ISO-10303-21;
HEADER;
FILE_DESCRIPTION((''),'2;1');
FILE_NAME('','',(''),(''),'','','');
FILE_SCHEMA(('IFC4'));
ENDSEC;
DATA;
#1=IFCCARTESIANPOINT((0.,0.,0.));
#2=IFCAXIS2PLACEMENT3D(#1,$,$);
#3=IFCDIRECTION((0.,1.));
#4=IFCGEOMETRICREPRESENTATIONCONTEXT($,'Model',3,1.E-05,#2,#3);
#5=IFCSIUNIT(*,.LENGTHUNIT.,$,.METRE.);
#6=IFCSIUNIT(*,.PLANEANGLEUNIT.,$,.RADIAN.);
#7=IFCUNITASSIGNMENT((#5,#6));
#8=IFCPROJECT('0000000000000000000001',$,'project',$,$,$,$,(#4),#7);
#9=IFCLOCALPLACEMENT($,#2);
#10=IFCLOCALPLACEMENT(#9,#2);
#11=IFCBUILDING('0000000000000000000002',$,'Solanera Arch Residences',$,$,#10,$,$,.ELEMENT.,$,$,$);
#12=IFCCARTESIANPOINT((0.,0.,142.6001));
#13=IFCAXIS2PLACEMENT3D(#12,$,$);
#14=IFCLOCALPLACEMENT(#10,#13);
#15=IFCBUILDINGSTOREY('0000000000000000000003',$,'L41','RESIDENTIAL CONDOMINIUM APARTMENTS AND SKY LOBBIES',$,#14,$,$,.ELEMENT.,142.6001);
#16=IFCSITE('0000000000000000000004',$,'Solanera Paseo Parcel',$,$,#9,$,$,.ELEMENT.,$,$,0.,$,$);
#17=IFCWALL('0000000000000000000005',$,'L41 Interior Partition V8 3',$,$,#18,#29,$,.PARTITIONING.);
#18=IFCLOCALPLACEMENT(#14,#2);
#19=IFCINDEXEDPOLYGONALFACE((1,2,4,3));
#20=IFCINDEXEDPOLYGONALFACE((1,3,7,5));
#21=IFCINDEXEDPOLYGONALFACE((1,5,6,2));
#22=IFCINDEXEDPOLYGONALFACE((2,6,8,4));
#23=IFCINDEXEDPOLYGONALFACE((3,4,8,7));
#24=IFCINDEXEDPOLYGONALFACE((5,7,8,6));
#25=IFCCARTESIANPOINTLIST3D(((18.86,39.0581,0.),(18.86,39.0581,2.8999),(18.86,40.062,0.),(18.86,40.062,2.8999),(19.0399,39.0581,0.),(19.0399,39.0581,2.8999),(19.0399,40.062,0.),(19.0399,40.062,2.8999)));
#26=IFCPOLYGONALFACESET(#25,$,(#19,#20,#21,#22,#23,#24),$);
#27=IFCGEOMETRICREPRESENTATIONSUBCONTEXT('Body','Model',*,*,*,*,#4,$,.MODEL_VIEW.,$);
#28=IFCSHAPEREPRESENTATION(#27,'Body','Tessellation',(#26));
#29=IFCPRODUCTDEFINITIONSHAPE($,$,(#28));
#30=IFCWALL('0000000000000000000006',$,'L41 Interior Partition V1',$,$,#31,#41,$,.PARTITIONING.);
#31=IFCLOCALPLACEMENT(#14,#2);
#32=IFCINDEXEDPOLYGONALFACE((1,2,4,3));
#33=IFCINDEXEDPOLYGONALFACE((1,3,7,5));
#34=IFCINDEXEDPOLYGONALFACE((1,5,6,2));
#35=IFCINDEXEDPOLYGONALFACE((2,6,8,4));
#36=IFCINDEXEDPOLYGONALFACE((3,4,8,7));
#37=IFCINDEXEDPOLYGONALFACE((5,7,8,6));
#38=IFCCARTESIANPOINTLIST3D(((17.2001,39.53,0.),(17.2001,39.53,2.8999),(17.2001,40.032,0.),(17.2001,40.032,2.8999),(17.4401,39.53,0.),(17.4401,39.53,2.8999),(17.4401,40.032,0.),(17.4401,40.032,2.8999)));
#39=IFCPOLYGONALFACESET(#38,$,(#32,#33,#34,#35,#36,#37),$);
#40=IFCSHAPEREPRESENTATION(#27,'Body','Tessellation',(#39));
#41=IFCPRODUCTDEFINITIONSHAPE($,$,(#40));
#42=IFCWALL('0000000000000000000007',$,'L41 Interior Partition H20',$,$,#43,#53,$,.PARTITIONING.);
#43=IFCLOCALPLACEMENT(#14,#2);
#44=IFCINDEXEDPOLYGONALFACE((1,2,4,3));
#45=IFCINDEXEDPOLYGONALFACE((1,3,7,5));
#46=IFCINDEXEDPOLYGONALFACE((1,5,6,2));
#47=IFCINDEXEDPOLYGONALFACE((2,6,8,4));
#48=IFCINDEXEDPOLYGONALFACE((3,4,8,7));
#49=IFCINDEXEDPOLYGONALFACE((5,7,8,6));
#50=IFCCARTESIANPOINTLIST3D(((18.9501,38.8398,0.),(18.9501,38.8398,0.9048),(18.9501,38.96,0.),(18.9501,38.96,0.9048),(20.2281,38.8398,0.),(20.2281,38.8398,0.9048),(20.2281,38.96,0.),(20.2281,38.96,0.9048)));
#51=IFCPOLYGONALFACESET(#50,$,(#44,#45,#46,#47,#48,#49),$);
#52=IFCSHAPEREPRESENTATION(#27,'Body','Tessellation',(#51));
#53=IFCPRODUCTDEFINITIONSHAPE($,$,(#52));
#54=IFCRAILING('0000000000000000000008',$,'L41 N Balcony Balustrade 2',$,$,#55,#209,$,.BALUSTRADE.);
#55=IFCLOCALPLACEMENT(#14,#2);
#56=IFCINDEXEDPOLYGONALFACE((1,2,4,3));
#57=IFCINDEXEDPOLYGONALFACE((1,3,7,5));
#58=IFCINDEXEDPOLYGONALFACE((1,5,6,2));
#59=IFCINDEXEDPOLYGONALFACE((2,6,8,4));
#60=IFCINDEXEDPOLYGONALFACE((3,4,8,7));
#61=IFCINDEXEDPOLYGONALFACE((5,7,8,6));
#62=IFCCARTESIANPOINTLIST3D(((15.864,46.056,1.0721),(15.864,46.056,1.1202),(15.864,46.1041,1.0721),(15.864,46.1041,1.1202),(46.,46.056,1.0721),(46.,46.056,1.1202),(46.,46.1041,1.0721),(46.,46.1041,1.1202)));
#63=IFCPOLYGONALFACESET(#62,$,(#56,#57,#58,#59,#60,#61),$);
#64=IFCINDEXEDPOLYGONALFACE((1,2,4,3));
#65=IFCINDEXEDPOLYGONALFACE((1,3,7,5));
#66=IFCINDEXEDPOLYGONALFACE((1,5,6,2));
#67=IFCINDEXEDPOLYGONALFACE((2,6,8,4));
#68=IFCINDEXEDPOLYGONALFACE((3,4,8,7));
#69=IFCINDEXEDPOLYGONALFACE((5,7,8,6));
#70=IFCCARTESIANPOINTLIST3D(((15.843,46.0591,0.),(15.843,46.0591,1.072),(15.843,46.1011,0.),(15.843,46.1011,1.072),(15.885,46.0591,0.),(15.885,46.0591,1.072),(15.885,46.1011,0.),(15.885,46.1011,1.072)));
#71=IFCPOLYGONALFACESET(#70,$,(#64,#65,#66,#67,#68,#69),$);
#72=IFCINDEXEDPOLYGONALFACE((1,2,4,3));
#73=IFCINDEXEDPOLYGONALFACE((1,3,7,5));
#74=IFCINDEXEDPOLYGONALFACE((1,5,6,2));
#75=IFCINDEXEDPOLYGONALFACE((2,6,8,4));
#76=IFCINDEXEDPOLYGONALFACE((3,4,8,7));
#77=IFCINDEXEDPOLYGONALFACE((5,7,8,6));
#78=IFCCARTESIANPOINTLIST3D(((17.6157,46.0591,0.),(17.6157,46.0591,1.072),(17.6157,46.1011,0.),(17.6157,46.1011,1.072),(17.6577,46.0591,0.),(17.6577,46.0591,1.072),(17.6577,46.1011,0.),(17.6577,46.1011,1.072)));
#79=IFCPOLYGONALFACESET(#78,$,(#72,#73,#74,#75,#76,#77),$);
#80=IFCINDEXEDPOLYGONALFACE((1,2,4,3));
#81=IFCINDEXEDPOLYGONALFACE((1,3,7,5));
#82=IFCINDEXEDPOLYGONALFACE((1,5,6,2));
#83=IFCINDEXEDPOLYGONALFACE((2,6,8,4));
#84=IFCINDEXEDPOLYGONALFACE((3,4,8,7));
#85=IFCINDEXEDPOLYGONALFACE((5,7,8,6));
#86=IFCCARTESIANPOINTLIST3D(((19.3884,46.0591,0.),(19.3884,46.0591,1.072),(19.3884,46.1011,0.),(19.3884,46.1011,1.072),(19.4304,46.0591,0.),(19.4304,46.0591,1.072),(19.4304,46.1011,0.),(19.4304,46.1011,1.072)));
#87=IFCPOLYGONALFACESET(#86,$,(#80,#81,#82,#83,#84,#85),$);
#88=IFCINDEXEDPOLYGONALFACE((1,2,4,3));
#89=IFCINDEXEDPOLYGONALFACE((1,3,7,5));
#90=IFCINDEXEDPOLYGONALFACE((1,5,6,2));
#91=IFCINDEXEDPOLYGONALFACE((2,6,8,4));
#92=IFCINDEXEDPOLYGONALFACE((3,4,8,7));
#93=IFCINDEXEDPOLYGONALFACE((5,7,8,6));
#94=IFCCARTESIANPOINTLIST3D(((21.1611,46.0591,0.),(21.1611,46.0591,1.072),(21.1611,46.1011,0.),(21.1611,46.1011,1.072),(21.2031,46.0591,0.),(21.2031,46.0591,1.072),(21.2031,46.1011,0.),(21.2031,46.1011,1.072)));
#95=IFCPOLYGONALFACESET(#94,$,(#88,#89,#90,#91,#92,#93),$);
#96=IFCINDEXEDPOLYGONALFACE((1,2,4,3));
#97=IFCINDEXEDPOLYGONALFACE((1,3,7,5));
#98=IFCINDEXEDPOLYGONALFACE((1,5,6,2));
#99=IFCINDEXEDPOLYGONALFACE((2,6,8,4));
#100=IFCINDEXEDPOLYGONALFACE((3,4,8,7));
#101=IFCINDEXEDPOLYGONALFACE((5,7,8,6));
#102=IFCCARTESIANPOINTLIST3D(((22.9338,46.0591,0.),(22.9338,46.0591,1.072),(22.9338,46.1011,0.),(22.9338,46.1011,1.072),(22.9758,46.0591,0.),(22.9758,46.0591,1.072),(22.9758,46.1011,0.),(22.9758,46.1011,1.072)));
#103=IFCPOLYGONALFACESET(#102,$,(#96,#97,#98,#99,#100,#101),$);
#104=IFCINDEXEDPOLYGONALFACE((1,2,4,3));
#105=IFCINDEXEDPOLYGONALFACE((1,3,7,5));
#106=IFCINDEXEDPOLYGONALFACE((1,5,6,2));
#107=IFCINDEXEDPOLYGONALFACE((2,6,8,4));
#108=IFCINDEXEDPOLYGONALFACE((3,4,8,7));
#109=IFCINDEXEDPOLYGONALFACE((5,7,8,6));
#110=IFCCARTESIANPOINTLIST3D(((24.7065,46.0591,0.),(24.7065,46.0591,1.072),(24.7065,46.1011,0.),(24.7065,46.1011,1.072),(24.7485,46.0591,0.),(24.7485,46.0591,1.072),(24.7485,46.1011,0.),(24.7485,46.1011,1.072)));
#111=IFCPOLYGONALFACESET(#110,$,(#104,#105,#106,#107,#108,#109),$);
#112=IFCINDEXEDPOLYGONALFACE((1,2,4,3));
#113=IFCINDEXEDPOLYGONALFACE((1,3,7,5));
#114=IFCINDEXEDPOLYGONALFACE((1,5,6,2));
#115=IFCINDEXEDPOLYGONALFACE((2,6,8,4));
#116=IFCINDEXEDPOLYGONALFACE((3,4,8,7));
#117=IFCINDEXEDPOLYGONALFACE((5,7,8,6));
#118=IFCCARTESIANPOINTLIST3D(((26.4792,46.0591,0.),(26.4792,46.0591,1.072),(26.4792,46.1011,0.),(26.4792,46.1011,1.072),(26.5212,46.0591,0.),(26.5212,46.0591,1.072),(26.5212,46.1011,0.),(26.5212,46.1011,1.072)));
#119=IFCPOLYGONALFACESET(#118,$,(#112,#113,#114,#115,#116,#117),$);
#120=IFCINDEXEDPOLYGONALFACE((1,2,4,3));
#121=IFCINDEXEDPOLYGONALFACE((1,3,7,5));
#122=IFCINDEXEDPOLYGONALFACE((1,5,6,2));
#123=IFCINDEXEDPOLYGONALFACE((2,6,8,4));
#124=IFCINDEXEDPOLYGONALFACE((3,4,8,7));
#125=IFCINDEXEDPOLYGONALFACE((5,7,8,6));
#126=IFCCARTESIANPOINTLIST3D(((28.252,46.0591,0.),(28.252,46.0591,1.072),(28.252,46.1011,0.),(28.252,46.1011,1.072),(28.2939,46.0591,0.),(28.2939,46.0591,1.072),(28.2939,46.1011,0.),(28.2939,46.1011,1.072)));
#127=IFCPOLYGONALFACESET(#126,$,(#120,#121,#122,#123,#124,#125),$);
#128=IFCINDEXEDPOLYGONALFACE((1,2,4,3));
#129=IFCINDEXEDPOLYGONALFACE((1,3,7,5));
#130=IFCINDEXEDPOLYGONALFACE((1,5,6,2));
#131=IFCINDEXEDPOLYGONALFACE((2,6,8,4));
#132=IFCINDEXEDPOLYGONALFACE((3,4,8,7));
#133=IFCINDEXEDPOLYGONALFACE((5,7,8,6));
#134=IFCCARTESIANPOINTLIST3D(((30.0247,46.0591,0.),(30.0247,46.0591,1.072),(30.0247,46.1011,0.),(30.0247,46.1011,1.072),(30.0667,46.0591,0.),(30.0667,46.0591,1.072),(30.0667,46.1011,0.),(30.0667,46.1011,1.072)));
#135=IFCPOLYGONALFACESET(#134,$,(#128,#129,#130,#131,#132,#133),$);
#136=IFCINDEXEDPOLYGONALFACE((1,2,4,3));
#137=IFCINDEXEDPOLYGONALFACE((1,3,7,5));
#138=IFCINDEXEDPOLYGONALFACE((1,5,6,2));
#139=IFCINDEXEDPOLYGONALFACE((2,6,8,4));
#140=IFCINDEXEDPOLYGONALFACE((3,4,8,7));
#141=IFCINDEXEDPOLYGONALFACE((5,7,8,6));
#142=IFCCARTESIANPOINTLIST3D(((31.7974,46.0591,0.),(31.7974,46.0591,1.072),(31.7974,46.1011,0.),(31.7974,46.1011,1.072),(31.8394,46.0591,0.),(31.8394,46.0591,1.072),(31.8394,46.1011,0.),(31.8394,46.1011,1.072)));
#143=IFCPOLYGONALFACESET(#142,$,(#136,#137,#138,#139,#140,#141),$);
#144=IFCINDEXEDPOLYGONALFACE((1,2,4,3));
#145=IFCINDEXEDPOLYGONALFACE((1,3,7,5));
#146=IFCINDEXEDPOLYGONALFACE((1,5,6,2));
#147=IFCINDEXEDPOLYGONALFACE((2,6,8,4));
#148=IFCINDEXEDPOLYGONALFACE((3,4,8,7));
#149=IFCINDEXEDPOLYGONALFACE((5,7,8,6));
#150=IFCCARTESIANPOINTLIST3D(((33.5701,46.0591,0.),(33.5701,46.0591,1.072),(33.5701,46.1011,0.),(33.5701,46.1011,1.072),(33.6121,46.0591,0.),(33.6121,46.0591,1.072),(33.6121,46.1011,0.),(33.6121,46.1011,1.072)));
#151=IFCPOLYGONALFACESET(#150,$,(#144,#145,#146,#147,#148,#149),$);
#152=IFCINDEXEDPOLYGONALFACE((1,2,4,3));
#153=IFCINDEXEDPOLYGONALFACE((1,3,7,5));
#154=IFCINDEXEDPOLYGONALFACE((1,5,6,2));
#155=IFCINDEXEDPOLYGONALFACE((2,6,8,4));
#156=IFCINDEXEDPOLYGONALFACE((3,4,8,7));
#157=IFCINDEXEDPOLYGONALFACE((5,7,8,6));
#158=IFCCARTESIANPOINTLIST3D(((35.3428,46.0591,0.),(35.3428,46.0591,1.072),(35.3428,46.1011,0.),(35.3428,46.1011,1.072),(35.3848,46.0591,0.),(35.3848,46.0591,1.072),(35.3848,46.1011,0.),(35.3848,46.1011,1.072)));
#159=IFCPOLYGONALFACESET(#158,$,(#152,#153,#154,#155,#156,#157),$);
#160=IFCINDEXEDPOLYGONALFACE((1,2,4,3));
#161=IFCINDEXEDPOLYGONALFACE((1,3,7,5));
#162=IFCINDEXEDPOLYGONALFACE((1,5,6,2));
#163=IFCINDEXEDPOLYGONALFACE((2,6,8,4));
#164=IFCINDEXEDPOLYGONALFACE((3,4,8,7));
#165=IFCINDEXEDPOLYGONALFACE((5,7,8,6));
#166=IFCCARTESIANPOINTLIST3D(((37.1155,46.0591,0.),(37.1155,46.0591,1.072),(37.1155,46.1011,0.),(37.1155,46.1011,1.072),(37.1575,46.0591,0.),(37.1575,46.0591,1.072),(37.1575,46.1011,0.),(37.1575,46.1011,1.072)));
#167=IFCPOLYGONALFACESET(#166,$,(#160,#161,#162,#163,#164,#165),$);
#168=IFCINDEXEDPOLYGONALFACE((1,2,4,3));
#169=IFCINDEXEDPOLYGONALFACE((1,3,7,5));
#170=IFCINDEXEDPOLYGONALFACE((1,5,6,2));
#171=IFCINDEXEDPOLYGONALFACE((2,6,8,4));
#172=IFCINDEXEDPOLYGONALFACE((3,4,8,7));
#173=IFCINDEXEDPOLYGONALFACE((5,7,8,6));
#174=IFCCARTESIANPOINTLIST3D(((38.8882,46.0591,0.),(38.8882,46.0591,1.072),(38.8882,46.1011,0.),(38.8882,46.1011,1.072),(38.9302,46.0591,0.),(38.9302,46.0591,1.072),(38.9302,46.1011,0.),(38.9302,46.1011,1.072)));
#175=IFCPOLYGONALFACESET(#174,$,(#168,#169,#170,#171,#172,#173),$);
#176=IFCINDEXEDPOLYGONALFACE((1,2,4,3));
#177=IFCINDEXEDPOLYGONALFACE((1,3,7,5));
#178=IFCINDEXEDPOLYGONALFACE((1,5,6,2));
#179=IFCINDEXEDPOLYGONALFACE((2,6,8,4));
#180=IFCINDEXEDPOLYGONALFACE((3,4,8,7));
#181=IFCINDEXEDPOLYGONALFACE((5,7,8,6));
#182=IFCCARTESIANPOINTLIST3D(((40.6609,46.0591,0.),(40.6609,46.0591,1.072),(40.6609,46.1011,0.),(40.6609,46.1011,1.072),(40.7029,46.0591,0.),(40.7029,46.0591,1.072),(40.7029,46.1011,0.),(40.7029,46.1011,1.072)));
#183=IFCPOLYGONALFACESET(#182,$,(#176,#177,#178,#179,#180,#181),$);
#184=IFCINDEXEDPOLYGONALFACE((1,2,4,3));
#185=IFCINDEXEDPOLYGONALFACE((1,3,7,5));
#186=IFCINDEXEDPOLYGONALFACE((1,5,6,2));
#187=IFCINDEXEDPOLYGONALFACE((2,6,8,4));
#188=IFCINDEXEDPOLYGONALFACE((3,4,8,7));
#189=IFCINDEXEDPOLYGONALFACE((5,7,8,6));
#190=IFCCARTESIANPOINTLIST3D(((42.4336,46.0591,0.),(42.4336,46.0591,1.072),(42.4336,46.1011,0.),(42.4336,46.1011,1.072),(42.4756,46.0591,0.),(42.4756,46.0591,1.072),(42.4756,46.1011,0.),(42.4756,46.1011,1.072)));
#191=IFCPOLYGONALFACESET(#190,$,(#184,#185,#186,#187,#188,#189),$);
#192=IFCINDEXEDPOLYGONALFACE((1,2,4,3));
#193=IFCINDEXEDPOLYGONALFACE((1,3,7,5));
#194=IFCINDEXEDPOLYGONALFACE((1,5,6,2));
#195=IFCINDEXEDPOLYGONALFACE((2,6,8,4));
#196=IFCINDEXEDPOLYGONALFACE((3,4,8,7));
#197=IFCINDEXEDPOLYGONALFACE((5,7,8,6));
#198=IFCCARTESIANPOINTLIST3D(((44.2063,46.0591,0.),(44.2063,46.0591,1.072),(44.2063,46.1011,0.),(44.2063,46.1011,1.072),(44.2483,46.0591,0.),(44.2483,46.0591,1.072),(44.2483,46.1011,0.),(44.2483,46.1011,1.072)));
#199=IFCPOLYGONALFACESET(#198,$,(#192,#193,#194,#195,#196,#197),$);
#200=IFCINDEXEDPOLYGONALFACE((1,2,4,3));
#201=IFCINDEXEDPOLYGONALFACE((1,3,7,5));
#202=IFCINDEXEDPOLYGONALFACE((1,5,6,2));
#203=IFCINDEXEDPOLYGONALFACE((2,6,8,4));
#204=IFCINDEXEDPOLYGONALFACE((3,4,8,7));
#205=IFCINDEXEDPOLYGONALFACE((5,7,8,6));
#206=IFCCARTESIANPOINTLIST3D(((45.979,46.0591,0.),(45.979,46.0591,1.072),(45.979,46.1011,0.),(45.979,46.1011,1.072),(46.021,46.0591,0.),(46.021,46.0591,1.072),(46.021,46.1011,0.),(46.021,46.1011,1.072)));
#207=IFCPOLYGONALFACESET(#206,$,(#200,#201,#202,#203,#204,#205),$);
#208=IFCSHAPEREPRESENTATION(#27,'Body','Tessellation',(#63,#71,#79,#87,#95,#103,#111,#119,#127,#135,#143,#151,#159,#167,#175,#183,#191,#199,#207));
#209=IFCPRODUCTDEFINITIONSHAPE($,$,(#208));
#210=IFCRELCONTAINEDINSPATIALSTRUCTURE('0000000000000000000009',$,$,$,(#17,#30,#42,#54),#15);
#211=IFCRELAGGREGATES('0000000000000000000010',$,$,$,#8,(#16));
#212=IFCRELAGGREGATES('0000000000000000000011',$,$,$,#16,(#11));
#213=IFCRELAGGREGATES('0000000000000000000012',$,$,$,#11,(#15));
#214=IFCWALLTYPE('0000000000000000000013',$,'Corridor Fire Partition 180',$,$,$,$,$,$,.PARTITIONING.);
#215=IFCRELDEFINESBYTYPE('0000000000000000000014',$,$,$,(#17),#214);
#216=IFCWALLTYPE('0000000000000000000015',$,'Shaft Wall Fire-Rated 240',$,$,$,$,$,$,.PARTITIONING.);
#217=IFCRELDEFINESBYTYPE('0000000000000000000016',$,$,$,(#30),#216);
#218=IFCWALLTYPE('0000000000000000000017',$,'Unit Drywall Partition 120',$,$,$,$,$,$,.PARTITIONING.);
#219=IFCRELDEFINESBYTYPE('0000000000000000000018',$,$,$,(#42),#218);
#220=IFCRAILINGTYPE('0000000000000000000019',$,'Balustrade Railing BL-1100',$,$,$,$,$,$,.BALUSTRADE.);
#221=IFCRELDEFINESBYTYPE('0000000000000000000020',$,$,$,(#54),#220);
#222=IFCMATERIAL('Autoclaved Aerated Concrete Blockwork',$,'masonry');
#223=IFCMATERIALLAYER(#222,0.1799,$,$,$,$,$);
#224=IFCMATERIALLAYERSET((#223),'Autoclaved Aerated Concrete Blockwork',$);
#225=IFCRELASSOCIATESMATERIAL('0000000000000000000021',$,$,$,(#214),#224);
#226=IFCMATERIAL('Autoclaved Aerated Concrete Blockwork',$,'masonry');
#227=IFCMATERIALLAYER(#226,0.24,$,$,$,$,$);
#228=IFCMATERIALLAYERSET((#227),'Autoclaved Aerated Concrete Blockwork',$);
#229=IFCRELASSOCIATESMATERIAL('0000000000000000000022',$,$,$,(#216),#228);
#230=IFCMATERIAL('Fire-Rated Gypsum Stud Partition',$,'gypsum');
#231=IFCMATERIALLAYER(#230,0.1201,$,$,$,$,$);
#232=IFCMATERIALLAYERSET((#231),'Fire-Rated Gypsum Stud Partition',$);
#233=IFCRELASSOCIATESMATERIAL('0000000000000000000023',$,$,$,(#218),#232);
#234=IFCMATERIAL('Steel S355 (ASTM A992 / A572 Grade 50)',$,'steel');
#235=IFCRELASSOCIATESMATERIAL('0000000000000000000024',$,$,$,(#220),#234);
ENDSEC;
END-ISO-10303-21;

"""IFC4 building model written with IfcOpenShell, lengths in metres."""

from ifc_helpers import new_model, si_unit, direction, frame, frame_2d, origin, origin_2d, place, context, subcontext, project, spatial, rectangle, extrude, material, layer, layer_set, type_object, element, save


model = new_model("IFC4")

# Units and contexts
model_context = context("Model", 3, precision=1e-05, world=origin(), true_north=direction((0.0, 1.0)))
body_context = subcontext(model_context, "Body", "Model", "MODEL_VIEW")
ifc_project = project(units=[si_unit("LENGTHUNIT", "METRE"), si_unit("PLANEANGLEUNIT", "RADIAN")], contexts=[model_context])

# Site, building, storey
site_placement = place(None, origin())
site = spatial("IfcSite", under=ifc_project, at=site_placement, Name="Solanera Paseo Parcel", CompositionType="ELEMENT", RefElevation=0.0)
building_placement = place(site_placement, origin())
building = spatial("IfcBuilding", under=site, at=building_placement, Name="Solanera Arch Residences", CompositionType="ELEMENT")
storey_placement = place(building_placement, frame((0.0, 0.0, 142.6001)))
storey = spatial("IfcBuildingStorey", under=building, at=storey_placement, Name="L41", Description="RESIDENTIAL CONDOMINIUM APARTMENTS AND SKY LOBBIES", CompositionType="ELEMENT", Elevation=142.6001)

# Walls
ifc_material_1 = material(Name="Autoclaved Aerated Concrete Blockwork", Category="masonry")
ifc_layer_1 = layer(ifc_material_1, 0.1799)
ifc_layer_set_1 = layer_set([ifc_layer_1], Name="Autoclaved Aerated Concrete Blockwork")
wall_type_1 = type_object("IfcWallType", Name="Corridor Fire Partition 180", PredefinedType="PARTITIONING", material=ifc_layer_set_1)
wall_1_placement = place(storey_placement, frame((18.95, 39.0581, 0.0), z_axis=(0.0, 0.0, 1.0), x_axis=(0.0, 1.0, 0.0)))
element("IfcWall", 1, at=wall_1_placement, inside=storey, type_object=wall_type_1, Name="L41 Interior Partition V8 3", PredefinedType="PARTITIONING", context=body_context, shape_type="SweptSolid", body=[
    extrude(rectangle(XDim=1.0039, YDim=0.1799, at=frame_2d((0.502, 0.0))), origin(), (0.0, 0.0, 1.0), 2.8999),
])
ifc_material_2 = material(Name="Autoclaved Aerated Concrete Blockwork", Category="masonry")
ifc_layer_2 = layer(ifc_material_2, 0.24)
ifc_layer_set_2 = layer_set([ifc_layer_2], Name="Autoclaved Aerated Concrete Blockwork")
wall_type_2 = type_object("IfcWallType", Name="Shaft Wall Fire-Rated 240", PredefinedType="PARTITIONING", material=ifc_layer_set_2)
wall_2_placement = place(storey_placement, frame((17.3201, 39.53, 0.0), z_axis=(0.0, 0.0, 1.0), x_axis=(0.0, 1.0, 0.0)))
element("IfcWall", 2, at=wall_2_placement, inside=storey, type_object=wall_type_2, Name="L41 Interior Partition V1", PredefinedType="PARTITIONING", context=body_context, shape_type="SweptSolid", body=[
    extrude(rectangle(XDim=0.502, YDim=0.24, at=frame_2d((0.251, 0.0))), origin(), (0.0, 0.0, 1.0), 2.8999),
])
ifc_material_3 = material(Name="Fire-Rated Gypsum Stud Partition", Category="gypsum")
ifc_layer_3 = layer(ifc_material_3, 0.1201)
ifc_layer_set_3 = layer_set([ifc_layer_3], Name="Fire-Rated Gypsum Stud Partition")
wall_type_3 = type_object("IfcWallType", Name="Unit Drywall Partition 120", PredefinedType="PARTITIONING", material=ifc_layer_set_3)
wall_3_placement = place(storey_placement, frame((18.95, 38.8999, 0.0), z_axis=(0.0, 0.0, 1.0), x_axis=(1.0, 0.0, 0.0)))
element("IfcWall", 3, at=wall_3_placement, inside=storey, type_object=wall_type_3, Name="L41 Interior Partition H20", PredefinedType="PARTITIONING", context=body_context, shape_type="SweptSolid", body=[
    extrude(rectangle(XDim=1.2781, YDim=0.1201, at=frame_2d((0.6392, 0.0))), origin(), (0.0, 0.0, 1.0), 0.9048),
])

# Railing
ifc_material_4 = material(Name="Steel S355 (ASTM A992 / A572 Grade 50)", Category="steel")
railing_type = type_object("IfcRailingType", Name="Balustrade Railing BL-1100", PredefinedType="BALUSTRADE", material=ifc_material_4)
railing_placement = place(storey_placement, frame((15.864, 46.0801, 0.0)))
element("IfcRailing", 4, at=railing_placement, inside=storey, type_object=railing_type, Name="L41 N Balcony Balustrade 2", PredefinedType="BALUSTRADE", context=body_context, shape_type="SweptSolid", body=[
    extrude(rectangle(XDim=0.0481, YDim=0.0481, at=origin_2d()), frame((0.0, 0.0, 1.0962), z_axis=(1.0, 0.0, 0.0), x_axis=(0.0, 1.0, 0.0)), (0.0, 0.0, 1.0), 30.136),
    extrude(rectangle(XDim=0.042, YDim=0.042, at=origin_2d()), origin(), (0.0, 0.0, 1.0), 1.072),
    extrude(rectangle(XDim=0.042, YDim=0.042, at=origin_2d()), frame((1.7727, 0.0, 0.0)), (0.0, 0.0, 1.0), 1.072),
    extrude(rectangle(XDim=0.042, YDim=0.042, at=origin_2d()), frame((3.5454, 0.0, 0.0)), (0.0, 0.0, 1.0), 1.072),
    extrude(rectangle(XDim=0.042, YDim=0.042, at=origin_2d()), frame((5.3181, 0.0, 0.0)), (0.0, 0.0, 1.0), 1.072),
    extrude(rectangle(XDim=0.042, YDim=0.042, at=origin_2d()), frame((7.0908, 0.0, 0.0)), (0.0, 0.0, 1.0), 1.072),
    extrude(rectangle(XDim=0.042, YDim=0.042, at=origin_2d()), frame((8.8635, 0.0, 0.0)), (0.0, 0.0, 1.0), 1.072),
    extrude(rectangle(XDim=0.042, YDim=0.042, at=origin_2d()), frame((10.6362, 0.0, 0.0)), (0.0, 0.0, 1.0), 1.072),
    extrude(rectangle(XDim=0.042, YDim=0.042, at=origin_2d()), frame((12.4089, 0.0, 0.0)), (0.0, 0.0, 1.0), 1.072),
    extrude(rectangle(XDim=0.042, YDim=0.042, at=origin_2d()), frame((14.1816, 0.0, 0.0)), (0.0, 0.0, 1.0), 1.072),
    extrude(rectangle(XDim=0.042, YDim=0.042, at=origin_2d()), frame((15.9543, 0.0, 0.0)), (0.0, 0.0, 1.0), 1.072),
    extrude(rectangle(XDim=0.042, YDim=0.042, at=origin_2d()), frame((17.7271, 0.0, 0.0)), (0.0, 0.0, 1.0), 1.072),
    extrude(rectangle(XDim=0.042, YDim=0.042, at=origin_2d()), frame((19.4998, 0.0, 0.0)), (0.0, 0.0, 1.0), 1.072),
    extrude(rectangle(XDim=0.042, YDim=0.042, at=origin_2d()), frame((21.2725, 0.0, 0.0)), (0.0, 0.0, 1.0), 1.072),
    extrude(rectangle(XDim=0.042, YDim=0.042, at=origin_2d()), frame((23.0452, 0.0, 0.0)), (0.0, 0.0, 1.0), 1.072),
    extrude(rectangle(XDim=0.042, YDim=0.042, at=origin_2d()), frame((24.8179, 0.0, 0.0)), (0.0, 0.0, 1.0), 1.072),
    extrude(rectangle(XDim=0.042, YDim=0.042, at=origin_2d()), frame((26.5906, 0.0, 0.0)), (0.0, 0.0, 1.0), 1.072),
    extrude(rectangle(XDim=0.042, YDim=0.042, at=origin_2d()), frame((28.3633, 0.0, 0.0)), (0.0, 0.0, 1.0), 1.072),
    extrude(rectangle(XDim=0.042, YDim=0.042, at=origin_2d()), frame((30.136, 0.0, 0.0)), (0.0, 0.0, 1.0), 1.072),
])

save(model, "model.ifc")
